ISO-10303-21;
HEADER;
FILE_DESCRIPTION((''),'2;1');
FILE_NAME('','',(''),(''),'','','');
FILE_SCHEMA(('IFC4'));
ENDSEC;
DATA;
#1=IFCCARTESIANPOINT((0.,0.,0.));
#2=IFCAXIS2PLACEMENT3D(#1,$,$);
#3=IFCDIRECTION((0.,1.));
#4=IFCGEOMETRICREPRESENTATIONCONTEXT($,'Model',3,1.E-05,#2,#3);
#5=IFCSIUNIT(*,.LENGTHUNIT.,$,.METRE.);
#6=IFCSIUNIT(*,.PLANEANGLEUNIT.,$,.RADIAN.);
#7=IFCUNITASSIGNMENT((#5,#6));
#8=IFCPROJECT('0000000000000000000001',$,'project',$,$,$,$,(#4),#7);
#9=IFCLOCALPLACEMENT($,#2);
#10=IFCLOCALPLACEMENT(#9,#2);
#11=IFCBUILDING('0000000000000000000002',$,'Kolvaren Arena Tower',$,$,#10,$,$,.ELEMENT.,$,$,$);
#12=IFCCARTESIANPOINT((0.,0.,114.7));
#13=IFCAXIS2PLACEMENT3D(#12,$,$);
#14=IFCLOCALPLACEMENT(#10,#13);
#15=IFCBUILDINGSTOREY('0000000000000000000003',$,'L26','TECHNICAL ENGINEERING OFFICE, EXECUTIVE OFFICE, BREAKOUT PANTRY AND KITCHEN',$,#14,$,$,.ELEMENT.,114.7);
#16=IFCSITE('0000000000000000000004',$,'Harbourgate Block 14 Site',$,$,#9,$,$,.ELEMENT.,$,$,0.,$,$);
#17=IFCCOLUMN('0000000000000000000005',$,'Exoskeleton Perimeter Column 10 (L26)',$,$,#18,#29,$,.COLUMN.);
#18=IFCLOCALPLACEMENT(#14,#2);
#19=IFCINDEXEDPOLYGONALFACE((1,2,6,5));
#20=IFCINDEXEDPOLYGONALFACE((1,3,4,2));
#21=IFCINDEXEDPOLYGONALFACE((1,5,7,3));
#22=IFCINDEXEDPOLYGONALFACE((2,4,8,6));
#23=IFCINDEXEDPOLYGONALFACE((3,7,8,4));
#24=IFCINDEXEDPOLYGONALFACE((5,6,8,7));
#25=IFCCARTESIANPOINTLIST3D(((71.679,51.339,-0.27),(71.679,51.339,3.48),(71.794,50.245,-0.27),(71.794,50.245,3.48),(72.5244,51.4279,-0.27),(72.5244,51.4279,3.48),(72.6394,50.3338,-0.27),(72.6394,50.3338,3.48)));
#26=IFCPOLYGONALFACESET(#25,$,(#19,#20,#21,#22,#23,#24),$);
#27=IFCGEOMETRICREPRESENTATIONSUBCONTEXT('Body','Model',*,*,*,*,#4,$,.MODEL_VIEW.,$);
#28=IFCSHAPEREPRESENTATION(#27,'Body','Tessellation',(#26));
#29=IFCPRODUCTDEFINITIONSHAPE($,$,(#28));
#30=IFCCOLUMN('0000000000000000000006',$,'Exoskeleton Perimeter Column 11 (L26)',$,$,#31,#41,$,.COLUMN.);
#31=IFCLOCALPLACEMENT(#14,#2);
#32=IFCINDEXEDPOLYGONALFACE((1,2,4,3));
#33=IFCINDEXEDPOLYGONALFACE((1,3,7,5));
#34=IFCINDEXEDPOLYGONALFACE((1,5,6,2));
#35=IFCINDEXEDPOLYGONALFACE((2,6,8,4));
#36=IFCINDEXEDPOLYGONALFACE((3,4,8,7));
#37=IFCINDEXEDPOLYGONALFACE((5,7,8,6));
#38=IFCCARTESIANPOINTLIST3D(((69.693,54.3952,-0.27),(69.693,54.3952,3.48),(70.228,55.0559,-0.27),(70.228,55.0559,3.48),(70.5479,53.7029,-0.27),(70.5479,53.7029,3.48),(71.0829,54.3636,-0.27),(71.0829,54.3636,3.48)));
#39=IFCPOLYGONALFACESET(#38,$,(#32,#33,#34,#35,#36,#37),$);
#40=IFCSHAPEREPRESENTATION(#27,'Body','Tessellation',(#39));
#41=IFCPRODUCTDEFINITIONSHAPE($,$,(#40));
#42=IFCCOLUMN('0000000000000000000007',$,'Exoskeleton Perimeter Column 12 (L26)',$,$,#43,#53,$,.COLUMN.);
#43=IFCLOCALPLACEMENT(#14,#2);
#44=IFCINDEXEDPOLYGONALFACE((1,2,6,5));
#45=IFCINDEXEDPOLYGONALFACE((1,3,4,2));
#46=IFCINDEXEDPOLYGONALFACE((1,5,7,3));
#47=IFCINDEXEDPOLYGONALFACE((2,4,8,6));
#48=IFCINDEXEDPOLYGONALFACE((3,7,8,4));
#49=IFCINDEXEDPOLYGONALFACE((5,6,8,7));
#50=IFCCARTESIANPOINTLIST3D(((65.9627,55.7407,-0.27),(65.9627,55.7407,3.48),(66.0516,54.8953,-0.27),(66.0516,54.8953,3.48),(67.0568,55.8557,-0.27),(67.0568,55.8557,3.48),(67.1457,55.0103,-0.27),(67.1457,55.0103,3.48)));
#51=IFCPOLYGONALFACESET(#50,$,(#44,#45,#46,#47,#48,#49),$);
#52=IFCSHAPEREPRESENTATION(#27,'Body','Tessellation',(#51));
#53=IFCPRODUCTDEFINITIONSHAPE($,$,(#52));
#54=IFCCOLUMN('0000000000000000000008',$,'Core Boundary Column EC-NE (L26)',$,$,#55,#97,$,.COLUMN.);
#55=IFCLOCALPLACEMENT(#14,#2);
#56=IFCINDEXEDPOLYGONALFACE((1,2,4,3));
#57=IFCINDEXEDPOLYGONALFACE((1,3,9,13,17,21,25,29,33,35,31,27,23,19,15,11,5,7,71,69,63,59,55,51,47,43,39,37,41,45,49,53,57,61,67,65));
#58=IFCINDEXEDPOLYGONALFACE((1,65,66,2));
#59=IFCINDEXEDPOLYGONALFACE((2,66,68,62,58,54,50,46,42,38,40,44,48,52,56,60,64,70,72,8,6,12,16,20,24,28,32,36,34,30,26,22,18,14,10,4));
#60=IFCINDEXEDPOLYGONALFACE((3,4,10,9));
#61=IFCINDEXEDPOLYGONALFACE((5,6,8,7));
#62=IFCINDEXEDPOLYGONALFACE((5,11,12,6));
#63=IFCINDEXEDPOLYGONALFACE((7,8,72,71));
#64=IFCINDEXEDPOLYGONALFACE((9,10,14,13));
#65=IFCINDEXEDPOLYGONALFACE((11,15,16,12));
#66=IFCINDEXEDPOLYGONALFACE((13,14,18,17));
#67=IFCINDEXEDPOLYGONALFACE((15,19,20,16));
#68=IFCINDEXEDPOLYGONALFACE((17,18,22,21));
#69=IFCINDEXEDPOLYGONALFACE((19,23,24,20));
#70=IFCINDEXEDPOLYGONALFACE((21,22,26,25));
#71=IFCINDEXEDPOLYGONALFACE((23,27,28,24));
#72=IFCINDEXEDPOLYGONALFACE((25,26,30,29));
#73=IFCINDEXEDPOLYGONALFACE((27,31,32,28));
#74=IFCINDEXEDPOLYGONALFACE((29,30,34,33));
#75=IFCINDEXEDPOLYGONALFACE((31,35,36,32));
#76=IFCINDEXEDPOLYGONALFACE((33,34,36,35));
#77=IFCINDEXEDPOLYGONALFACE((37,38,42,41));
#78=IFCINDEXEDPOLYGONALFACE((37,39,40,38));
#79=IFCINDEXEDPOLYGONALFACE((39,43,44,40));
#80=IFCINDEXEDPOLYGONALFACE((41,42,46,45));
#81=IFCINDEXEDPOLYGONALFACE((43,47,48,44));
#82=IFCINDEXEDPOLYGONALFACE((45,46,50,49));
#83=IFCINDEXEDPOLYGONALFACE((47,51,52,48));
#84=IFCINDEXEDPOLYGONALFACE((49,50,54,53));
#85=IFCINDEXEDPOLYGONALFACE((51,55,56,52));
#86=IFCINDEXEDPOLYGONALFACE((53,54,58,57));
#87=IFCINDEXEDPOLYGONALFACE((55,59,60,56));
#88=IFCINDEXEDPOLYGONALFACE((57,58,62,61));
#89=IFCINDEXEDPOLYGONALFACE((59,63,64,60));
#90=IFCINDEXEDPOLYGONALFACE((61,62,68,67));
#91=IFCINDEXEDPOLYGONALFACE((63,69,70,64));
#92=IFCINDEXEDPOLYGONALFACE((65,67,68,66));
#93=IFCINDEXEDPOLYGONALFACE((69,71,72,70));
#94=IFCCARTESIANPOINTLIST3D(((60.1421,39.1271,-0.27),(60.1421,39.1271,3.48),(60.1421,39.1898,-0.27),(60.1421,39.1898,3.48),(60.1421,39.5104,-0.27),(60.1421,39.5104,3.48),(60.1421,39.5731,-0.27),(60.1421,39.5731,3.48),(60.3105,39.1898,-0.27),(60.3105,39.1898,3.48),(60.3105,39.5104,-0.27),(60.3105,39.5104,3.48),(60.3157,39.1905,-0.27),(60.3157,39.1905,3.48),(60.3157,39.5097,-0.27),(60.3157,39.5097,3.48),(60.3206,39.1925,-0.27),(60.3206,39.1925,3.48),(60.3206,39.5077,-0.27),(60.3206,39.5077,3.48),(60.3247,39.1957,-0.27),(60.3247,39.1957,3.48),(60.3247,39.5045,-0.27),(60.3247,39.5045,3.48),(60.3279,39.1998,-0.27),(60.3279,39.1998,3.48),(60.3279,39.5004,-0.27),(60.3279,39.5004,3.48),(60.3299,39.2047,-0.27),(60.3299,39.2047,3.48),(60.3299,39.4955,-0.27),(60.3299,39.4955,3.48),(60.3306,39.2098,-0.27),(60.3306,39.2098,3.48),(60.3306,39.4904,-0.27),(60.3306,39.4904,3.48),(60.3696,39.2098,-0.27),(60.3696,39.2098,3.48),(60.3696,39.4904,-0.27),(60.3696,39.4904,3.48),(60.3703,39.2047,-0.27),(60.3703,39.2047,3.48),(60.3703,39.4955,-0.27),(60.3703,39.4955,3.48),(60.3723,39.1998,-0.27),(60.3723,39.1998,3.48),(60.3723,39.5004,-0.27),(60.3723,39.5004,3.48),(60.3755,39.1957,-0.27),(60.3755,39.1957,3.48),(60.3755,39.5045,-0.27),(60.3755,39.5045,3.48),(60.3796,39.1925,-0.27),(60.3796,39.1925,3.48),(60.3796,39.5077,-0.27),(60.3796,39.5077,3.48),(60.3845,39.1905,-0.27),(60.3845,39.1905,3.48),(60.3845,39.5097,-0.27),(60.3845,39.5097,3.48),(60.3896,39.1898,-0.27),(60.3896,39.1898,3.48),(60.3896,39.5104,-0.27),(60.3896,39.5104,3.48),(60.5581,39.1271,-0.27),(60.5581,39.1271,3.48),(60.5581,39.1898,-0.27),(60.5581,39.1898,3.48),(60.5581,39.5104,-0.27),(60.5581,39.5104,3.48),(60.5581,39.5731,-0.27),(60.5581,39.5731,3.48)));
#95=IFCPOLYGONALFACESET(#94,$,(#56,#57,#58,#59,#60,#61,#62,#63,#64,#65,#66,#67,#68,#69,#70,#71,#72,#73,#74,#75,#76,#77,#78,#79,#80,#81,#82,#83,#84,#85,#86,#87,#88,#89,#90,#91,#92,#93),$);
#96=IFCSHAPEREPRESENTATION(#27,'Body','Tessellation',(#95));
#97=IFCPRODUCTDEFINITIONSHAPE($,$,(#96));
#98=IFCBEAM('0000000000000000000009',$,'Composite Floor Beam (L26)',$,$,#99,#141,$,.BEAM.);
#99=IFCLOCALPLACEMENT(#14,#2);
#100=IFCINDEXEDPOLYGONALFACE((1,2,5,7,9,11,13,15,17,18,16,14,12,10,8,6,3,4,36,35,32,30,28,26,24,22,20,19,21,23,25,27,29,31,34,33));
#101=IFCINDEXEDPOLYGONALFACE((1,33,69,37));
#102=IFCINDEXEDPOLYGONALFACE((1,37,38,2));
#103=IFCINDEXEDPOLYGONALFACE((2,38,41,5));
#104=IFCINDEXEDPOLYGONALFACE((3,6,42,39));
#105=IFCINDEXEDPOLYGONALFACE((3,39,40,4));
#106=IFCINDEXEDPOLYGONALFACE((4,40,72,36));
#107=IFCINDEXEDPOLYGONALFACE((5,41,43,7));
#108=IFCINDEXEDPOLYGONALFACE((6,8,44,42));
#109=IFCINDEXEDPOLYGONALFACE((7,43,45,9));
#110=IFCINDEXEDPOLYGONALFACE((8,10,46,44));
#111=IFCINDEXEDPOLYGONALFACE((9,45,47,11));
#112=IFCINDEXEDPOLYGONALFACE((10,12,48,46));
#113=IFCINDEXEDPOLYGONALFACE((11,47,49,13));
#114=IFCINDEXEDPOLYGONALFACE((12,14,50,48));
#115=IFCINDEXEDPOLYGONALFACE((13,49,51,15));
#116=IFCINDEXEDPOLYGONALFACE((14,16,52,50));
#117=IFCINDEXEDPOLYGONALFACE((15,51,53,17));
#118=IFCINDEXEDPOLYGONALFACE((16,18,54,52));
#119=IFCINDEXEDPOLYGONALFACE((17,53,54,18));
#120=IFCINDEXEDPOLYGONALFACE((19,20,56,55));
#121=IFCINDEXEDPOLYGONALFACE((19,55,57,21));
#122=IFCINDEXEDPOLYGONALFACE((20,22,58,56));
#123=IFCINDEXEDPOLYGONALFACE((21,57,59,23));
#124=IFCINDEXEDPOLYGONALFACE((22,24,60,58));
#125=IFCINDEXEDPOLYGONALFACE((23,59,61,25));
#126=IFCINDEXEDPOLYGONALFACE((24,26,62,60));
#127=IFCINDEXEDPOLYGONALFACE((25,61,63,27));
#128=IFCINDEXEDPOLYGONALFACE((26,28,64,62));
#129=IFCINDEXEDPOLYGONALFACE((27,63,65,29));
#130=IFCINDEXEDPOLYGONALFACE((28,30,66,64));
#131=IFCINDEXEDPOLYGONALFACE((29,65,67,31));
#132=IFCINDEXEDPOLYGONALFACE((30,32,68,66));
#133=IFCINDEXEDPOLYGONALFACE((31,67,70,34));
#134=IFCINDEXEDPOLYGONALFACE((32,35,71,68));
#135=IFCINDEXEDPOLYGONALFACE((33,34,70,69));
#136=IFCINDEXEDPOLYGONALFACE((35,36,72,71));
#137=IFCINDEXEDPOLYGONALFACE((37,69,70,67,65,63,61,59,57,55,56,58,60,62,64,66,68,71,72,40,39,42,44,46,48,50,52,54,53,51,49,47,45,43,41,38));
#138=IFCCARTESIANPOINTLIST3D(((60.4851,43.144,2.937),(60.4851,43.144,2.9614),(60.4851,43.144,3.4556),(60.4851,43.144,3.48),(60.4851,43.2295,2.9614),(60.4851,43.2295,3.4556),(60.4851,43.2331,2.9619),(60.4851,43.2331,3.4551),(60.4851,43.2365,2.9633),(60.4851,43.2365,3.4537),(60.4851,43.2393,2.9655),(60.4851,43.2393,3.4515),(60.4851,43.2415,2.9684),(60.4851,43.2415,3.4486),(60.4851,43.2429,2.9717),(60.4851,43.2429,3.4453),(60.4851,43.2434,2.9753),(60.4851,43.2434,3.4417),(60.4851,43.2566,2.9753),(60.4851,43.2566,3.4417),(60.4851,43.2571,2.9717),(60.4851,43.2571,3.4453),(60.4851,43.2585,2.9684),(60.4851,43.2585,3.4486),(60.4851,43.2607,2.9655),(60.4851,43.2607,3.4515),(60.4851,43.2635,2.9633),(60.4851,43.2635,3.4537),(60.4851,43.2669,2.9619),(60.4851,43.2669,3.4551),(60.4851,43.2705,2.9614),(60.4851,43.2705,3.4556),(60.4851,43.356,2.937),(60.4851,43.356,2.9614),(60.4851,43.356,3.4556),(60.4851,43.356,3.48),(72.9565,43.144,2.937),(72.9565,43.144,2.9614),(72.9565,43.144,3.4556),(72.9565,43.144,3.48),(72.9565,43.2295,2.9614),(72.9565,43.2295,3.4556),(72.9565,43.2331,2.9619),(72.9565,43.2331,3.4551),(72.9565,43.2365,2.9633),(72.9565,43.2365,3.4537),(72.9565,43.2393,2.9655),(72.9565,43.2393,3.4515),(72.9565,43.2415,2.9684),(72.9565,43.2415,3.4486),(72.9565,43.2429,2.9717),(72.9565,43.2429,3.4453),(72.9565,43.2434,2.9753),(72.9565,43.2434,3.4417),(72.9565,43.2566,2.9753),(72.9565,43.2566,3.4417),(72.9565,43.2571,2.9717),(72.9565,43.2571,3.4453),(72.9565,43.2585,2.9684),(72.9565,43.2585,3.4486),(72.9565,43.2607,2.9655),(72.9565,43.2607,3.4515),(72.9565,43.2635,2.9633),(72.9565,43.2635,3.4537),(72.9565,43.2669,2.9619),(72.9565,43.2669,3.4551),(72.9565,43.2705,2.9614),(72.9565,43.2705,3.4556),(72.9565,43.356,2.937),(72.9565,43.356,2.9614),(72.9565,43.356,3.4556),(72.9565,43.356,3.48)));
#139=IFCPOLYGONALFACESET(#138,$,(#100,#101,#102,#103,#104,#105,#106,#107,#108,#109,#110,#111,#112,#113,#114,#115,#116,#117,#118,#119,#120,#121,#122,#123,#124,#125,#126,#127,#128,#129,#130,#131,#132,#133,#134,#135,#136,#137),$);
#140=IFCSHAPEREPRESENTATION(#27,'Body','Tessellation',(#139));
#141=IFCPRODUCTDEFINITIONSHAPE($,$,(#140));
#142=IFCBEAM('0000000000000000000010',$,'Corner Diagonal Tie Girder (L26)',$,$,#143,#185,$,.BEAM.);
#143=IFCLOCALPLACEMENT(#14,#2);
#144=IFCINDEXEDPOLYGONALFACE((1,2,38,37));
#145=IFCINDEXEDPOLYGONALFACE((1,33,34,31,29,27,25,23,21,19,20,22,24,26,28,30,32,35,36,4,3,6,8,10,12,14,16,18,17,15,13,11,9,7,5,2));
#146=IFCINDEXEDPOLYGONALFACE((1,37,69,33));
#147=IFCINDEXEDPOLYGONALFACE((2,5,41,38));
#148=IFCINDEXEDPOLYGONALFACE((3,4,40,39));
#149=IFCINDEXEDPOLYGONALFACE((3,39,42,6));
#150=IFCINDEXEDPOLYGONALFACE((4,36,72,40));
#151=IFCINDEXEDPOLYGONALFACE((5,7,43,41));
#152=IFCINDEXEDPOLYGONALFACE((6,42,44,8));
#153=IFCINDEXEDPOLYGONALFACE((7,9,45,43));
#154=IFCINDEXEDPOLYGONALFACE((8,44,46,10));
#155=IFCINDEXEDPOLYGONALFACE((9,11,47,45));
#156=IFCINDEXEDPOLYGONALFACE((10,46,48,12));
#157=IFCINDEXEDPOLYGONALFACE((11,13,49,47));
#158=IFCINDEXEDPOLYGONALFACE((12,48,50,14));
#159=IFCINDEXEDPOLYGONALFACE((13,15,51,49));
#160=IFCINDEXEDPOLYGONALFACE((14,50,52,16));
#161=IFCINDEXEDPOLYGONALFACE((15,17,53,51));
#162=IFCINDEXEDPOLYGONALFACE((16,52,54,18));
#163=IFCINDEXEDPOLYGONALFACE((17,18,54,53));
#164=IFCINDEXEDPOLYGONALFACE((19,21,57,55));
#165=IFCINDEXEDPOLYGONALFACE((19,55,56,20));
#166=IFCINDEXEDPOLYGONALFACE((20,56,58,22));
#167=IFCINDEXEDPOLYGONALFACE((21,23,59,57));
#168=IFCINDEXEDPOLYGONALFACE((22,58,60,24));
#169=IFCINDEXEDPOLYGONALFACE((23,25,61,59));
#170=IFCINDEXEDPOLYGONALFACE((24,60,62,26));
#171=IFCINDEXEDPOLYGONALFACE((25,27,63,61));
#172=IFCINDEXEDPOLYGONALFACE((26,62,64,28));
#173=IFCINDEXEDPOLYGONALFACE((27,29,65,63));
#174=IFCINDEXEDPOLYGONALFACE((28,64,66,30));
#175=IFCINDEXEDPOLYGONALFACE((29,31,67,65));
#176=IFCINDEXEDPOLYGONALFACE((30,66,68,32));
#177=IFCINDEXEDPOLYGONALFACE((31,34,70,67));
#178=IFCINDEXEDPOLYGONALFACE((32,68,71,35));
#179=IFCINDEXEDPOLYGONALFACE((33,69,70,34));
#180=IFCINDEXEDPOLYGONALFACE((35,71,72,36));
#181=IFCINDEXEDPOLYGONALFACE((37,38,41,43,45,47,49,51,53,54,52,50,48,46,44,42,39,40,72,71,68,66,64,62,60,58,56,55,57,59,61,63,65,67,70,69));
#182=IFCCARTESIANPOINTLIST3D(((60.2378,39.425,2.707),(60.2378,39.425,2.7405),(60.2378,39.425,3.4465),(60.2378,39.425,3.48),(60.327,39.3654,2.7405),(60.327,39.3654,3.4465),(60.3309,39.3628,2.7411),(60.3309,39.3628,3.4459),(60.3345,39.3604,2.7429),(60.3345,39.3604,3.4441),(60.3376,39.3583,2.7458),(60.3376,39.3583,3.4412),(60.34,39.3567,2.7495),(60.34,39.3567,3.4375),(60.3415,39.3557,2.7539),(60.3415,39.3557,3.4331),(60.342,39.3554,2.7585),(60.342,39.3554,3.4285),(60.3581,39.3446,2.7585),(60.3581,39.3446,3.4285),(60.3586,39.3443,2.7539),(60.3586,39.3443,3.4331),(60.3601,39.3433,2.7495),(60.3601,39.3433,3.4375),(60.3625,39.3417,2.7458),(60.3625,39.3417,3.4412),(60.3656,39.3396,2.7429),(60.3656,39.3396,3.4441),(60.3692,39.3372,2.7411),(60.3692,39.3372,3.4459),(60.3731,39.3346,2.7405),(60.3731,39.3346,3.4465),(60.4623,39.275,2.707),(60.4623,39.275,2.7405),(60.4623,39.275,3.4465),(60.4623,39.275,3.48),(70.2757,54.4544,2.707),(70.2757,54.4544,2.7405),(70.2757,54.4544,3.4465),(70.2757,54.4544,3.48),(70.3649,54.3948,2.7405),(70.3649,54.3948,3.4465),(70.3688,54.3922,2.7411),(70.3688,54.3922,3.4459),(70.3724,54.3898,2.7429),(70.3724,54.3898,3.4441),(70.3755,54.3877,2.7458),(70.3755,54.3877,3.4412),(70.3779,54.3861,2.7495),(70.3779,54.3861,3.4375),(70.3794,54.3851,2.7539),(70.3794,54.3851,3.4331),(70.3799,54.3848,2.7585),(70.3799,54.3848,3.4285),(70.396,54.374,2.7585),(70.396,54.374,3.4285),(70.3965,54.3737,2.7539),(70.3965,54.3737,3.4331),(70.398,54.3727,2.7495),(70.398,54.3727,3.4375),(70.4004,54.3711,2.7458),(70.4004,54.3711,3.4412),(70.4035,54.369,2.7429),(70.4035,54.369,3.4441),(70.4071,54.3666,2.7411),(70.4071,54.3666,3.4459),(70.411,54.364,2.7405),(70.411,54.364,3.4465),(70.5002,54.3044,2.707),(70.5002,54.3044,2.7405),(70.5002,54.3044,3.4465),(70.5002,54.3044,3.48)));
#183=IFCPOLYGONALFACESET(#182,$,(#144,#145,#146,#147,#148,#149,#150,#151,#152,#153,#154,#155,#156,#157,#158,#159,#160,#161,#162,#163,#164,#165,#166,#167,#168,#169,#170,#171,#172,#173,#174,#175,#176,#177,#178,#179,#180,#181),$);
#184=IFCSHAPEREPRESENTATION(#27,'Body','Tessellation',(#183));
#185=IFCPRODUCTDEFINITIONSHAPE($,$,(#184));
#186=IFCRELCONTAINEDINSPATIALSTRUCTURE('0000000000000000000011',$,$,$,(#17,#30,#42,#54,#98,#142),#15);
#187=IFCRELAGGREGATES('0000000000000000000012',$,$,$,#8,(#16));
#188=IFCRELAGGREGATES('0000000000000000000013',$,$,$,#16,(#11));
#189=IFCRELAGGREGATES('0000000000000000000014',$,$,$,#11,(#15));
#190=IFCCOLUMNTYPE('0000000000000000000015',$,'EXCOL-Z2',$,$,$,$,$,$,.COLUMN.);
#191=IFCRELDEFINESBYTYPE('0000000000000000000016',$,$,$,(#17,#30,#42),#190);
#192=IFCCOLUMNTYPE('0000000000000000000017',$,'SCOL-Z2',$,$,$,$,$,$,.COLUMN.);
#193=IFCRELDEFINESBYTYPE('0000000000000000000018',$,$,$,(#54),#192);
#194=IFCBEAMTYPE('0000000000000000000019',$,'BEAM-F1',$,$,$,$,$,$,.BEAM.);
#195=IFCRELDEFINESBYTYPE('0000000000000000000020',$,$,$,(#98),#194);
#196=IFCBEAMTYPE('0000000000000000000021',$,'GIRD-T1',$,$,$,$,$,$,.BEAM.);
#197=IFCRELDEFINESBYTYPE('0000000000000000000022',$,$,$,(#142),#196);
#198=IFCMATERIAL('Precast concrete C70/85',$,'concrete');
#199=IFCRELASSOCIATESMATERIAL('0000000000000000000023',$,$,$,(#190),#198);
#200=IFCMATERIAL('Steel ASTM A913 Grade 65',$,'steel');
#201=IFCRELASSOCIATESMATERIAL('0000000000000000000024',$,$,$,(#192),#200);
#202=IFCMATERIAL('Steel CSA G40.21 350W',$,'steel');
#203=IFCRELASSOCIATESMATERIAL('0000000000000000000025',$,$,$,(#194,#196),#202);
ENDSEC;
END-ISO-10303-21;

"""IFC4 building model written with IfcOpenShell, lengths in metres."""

from ifc_helpers import new_model, si_unit, direction, frame, origin, origin_2d, place, context, subcontext, project, spatial, rectangle, i_section, extrude, material, material_profile, profile_set, type_object, element, save


model = new_model("IFC4")

# Units and contexts
model_context = context("Model", 3, precision=1e-05, world=origin(), true_north=direction((0.0, 1.0)))
body_context = subcontext(model_context, "Body", "Model", "MODEL_VIEW")
ifc_project = project(units=[si_unit("LENGTHUNIT", "METRE"), si_unit("PLANEANGLEUNIT", "RADIAN")], contexts=[model_context])

# Site, building, storey
site_placement = place(None, origin())
site = spatial("IfcSite", under=ifc_project, at=site_placement, Name="Harbourgate Block 14 Site", CompositionType="ELEMENT", RefElevation=0.0)
building_placement = place(site_placement, origin())
building = spatial("IfcBuilding", under=site, at=building_placement, Name="Kolvaren Arena Tower", CompositionType="ELEMENT")
storey_placement = place(building_placement, frame((0.0, 0.0, 114.7)))
storey = spatial("IfcBuildingStorey", under=building, at=storey_placement, Name="L26", Description="TECHNICAL ENGINEERING OFFICE, EXECUTIVE OFFICE, BREAKOUT PANTRY AND KITCHEN", CompositionType="ELEMENT", Elevation=114.7)

# Columns
ifc_material_1 = material(Name="Precast concrete C70/85", Category="concrete")
ifc_material_profile_1 = material_profile(ifc_material_1, rectangle(XDim=1.1001, YDim=0.8501, at=origin_2d()), Name="RC-1100x850")
ifc_profile_set_1 = profile_set([ifc_material_profile_1], Name="Precast concrete C70/85")
column_type_1 = type_object("IfcColumnType", Name="EXCOL-Z2", PredefinedType="COLUMN", material=ifc_profile_set_1)
for number, where, z_axis, x_axis, name in (
    (1, (72.1592, 50.8364, -0.27), (0.0, 0.0, 1.0), (-0.104528, 0.994522, 0.0), "Exoskeleton Perimeter Column 10 (L26)"),
    (2, (70.3879, 54.3794, -0.27), (0.0, 0.0, 1.0), (-0.777146, 0.62932, 0.0), "Exoskeleton Perimeter Column 11 (L26)"),
    (3, (66.5542, 55.3755, -0.27), (0.0, 0.0, 1.0), (0.994522, 0.104528, 0.0), "Exoskeleton Perimeter Column 12 (L26)"),
):
    element("IfcColumn", number, at=place(storey_placement, frame(where, z_axis=z_axis, x_axis=x_axis)), inside=storey, type_object=column_type_1, Name=name, PredefinedType="COLUMN", context=body_context, shape_type="SweptSolid", body=[
        extrude(rectangle(XDim=1.1001, YDim=0.8501, at=origin_2d()), origin(), (0.0, 0.0, 1.0), 3.75),
    ])
ifc_material_2 = material(Name="Steel ASTM A913 Grade 65", Category="steel")
ifc_material_profile_2 = material_profile(ifc_material_2, i_section(OverallWidth=0.416, OverallDepth=0.446, WebThickness=0.0391, FlangeThickness=0.0627, FilletRadius=0.02, at=origin_2d()), Name="W360x509")
ifc_profile_set_2 = profile_set([ifc_material_profile_2], Name="Steel ASTM A913 Grade 65")
column_type_2 = type_object("IfcColumnType", Name="SCOL-Z2", PredefinedType="COLUMN", material=ifc_profile_set_2)
column_placement = place(storey_placement, frame((60.3501, 39.3501, -0.27), z_axis=(0.0, 0.0, 1.0), x_axis=(1.0, 0.0, 0.0)))
element("IfcColumn", 4, at=column_placement, inside=storey, type_object=column_type_2, Name="Core Boundary Column EC-NE (L26)", PredefinedType="COLUMN", context=body_context, shape_type="SweptSolid", body=[
    extrude(i_section(OverallWidth=0.416, OverallDepth=0.446, WebThickness=0.0391, FlangeThickness=0.0627, FilletRadius=0.02, at=origin_2d()), origin(), (0.0, 0.0, 1.0), 3.75),
])

# Beams
ifc_material_3 = material(Name="Steel CSA G40.21 350W", Category="steel")
ifc_material_profile_3 = material_profile(ifc_material_3, i_section(OverallWidth=0.2119, OverallDepth=0.543, WebThickness=0.0132, FlangeThickness=0.0244, FilletRadius=0.0139, at=origin_2d()), Name="W530x150")
ifc_profile_set_3 = profile_set([ifc_material_profile_3], Name="Steel CSA G40.21 350W")
beam_type_1 = type_object("IfcBeamType", Name="BEAM-F1", PredefinedType="BEAM", material=ifc_profile_set_3)
beam_1_placement = place(storey_placement, frame((60.4851, 43.25, 3.2085), z_axis=(1.0, 0.0, 0.0), x_axis=(0.0, 1.0, 0.0)))
element("IfcBeam", 5, at=beam_1_placement, inside=storey, type_object=beam_type_1, Name="Composite Floor Beam (L26)", PredefinedType="BEAM", context=body_context, shape_type="SweptSolid", body=[
    extrude(i_section(OverallWidth=0.2119, OverallDepth=0.543, WebThickness=0.0132, FlangeThickness=0.0244, FilletRadius=0.0139, at=origin_2d()), origin(), (0.0, 0.0, 1.0), 12.4714),
])
ifc_material_profile_4 = material_profile(ifc_material_3, i_section(OverallWidth=0.27, OverallDepth=0.7729, WebThickness=0.0193, FlangeThickness=0.0334, FilletRadius=0.0181, at=origin_2d()), Name="W760x257")
ifc_profile_set_4 = profile_set([ifc_material_profile_4], Name="Steel CSA G40.21 350W")
beam_type_2 = type_object("IfcBeamType", Name="GIRD-T1", PredefinedType="BEAM", material=ifc_profile_set_4)
beam_2_placement = place(storey_placement, frame((70.3879, 54.3794, 3.0935), z_axis=(-0.555401, -0.831582, 0.0), x_axis=(0.831582, -0.555401, 0.0)))
element("IfcBeam", 6, at=beam_2_placement, inside=storey, type_object=beam_type_2, Name="Corner Diagonal Tie Girder (L26)", PredefinedType="BEAM", context=body_context, shape_type="SweptSolid", body=[
    extrude(i_section(OverallWidth=0.27, OverallDepth=0.7729, WebThickness=0.0193, FlangeThickness=0.0334, FilletRadius=0.0181, at=origin_2d()), origin(), (0.0, 0.0, 1.0), 18.0732),
])

save(model, "model.ifc")
